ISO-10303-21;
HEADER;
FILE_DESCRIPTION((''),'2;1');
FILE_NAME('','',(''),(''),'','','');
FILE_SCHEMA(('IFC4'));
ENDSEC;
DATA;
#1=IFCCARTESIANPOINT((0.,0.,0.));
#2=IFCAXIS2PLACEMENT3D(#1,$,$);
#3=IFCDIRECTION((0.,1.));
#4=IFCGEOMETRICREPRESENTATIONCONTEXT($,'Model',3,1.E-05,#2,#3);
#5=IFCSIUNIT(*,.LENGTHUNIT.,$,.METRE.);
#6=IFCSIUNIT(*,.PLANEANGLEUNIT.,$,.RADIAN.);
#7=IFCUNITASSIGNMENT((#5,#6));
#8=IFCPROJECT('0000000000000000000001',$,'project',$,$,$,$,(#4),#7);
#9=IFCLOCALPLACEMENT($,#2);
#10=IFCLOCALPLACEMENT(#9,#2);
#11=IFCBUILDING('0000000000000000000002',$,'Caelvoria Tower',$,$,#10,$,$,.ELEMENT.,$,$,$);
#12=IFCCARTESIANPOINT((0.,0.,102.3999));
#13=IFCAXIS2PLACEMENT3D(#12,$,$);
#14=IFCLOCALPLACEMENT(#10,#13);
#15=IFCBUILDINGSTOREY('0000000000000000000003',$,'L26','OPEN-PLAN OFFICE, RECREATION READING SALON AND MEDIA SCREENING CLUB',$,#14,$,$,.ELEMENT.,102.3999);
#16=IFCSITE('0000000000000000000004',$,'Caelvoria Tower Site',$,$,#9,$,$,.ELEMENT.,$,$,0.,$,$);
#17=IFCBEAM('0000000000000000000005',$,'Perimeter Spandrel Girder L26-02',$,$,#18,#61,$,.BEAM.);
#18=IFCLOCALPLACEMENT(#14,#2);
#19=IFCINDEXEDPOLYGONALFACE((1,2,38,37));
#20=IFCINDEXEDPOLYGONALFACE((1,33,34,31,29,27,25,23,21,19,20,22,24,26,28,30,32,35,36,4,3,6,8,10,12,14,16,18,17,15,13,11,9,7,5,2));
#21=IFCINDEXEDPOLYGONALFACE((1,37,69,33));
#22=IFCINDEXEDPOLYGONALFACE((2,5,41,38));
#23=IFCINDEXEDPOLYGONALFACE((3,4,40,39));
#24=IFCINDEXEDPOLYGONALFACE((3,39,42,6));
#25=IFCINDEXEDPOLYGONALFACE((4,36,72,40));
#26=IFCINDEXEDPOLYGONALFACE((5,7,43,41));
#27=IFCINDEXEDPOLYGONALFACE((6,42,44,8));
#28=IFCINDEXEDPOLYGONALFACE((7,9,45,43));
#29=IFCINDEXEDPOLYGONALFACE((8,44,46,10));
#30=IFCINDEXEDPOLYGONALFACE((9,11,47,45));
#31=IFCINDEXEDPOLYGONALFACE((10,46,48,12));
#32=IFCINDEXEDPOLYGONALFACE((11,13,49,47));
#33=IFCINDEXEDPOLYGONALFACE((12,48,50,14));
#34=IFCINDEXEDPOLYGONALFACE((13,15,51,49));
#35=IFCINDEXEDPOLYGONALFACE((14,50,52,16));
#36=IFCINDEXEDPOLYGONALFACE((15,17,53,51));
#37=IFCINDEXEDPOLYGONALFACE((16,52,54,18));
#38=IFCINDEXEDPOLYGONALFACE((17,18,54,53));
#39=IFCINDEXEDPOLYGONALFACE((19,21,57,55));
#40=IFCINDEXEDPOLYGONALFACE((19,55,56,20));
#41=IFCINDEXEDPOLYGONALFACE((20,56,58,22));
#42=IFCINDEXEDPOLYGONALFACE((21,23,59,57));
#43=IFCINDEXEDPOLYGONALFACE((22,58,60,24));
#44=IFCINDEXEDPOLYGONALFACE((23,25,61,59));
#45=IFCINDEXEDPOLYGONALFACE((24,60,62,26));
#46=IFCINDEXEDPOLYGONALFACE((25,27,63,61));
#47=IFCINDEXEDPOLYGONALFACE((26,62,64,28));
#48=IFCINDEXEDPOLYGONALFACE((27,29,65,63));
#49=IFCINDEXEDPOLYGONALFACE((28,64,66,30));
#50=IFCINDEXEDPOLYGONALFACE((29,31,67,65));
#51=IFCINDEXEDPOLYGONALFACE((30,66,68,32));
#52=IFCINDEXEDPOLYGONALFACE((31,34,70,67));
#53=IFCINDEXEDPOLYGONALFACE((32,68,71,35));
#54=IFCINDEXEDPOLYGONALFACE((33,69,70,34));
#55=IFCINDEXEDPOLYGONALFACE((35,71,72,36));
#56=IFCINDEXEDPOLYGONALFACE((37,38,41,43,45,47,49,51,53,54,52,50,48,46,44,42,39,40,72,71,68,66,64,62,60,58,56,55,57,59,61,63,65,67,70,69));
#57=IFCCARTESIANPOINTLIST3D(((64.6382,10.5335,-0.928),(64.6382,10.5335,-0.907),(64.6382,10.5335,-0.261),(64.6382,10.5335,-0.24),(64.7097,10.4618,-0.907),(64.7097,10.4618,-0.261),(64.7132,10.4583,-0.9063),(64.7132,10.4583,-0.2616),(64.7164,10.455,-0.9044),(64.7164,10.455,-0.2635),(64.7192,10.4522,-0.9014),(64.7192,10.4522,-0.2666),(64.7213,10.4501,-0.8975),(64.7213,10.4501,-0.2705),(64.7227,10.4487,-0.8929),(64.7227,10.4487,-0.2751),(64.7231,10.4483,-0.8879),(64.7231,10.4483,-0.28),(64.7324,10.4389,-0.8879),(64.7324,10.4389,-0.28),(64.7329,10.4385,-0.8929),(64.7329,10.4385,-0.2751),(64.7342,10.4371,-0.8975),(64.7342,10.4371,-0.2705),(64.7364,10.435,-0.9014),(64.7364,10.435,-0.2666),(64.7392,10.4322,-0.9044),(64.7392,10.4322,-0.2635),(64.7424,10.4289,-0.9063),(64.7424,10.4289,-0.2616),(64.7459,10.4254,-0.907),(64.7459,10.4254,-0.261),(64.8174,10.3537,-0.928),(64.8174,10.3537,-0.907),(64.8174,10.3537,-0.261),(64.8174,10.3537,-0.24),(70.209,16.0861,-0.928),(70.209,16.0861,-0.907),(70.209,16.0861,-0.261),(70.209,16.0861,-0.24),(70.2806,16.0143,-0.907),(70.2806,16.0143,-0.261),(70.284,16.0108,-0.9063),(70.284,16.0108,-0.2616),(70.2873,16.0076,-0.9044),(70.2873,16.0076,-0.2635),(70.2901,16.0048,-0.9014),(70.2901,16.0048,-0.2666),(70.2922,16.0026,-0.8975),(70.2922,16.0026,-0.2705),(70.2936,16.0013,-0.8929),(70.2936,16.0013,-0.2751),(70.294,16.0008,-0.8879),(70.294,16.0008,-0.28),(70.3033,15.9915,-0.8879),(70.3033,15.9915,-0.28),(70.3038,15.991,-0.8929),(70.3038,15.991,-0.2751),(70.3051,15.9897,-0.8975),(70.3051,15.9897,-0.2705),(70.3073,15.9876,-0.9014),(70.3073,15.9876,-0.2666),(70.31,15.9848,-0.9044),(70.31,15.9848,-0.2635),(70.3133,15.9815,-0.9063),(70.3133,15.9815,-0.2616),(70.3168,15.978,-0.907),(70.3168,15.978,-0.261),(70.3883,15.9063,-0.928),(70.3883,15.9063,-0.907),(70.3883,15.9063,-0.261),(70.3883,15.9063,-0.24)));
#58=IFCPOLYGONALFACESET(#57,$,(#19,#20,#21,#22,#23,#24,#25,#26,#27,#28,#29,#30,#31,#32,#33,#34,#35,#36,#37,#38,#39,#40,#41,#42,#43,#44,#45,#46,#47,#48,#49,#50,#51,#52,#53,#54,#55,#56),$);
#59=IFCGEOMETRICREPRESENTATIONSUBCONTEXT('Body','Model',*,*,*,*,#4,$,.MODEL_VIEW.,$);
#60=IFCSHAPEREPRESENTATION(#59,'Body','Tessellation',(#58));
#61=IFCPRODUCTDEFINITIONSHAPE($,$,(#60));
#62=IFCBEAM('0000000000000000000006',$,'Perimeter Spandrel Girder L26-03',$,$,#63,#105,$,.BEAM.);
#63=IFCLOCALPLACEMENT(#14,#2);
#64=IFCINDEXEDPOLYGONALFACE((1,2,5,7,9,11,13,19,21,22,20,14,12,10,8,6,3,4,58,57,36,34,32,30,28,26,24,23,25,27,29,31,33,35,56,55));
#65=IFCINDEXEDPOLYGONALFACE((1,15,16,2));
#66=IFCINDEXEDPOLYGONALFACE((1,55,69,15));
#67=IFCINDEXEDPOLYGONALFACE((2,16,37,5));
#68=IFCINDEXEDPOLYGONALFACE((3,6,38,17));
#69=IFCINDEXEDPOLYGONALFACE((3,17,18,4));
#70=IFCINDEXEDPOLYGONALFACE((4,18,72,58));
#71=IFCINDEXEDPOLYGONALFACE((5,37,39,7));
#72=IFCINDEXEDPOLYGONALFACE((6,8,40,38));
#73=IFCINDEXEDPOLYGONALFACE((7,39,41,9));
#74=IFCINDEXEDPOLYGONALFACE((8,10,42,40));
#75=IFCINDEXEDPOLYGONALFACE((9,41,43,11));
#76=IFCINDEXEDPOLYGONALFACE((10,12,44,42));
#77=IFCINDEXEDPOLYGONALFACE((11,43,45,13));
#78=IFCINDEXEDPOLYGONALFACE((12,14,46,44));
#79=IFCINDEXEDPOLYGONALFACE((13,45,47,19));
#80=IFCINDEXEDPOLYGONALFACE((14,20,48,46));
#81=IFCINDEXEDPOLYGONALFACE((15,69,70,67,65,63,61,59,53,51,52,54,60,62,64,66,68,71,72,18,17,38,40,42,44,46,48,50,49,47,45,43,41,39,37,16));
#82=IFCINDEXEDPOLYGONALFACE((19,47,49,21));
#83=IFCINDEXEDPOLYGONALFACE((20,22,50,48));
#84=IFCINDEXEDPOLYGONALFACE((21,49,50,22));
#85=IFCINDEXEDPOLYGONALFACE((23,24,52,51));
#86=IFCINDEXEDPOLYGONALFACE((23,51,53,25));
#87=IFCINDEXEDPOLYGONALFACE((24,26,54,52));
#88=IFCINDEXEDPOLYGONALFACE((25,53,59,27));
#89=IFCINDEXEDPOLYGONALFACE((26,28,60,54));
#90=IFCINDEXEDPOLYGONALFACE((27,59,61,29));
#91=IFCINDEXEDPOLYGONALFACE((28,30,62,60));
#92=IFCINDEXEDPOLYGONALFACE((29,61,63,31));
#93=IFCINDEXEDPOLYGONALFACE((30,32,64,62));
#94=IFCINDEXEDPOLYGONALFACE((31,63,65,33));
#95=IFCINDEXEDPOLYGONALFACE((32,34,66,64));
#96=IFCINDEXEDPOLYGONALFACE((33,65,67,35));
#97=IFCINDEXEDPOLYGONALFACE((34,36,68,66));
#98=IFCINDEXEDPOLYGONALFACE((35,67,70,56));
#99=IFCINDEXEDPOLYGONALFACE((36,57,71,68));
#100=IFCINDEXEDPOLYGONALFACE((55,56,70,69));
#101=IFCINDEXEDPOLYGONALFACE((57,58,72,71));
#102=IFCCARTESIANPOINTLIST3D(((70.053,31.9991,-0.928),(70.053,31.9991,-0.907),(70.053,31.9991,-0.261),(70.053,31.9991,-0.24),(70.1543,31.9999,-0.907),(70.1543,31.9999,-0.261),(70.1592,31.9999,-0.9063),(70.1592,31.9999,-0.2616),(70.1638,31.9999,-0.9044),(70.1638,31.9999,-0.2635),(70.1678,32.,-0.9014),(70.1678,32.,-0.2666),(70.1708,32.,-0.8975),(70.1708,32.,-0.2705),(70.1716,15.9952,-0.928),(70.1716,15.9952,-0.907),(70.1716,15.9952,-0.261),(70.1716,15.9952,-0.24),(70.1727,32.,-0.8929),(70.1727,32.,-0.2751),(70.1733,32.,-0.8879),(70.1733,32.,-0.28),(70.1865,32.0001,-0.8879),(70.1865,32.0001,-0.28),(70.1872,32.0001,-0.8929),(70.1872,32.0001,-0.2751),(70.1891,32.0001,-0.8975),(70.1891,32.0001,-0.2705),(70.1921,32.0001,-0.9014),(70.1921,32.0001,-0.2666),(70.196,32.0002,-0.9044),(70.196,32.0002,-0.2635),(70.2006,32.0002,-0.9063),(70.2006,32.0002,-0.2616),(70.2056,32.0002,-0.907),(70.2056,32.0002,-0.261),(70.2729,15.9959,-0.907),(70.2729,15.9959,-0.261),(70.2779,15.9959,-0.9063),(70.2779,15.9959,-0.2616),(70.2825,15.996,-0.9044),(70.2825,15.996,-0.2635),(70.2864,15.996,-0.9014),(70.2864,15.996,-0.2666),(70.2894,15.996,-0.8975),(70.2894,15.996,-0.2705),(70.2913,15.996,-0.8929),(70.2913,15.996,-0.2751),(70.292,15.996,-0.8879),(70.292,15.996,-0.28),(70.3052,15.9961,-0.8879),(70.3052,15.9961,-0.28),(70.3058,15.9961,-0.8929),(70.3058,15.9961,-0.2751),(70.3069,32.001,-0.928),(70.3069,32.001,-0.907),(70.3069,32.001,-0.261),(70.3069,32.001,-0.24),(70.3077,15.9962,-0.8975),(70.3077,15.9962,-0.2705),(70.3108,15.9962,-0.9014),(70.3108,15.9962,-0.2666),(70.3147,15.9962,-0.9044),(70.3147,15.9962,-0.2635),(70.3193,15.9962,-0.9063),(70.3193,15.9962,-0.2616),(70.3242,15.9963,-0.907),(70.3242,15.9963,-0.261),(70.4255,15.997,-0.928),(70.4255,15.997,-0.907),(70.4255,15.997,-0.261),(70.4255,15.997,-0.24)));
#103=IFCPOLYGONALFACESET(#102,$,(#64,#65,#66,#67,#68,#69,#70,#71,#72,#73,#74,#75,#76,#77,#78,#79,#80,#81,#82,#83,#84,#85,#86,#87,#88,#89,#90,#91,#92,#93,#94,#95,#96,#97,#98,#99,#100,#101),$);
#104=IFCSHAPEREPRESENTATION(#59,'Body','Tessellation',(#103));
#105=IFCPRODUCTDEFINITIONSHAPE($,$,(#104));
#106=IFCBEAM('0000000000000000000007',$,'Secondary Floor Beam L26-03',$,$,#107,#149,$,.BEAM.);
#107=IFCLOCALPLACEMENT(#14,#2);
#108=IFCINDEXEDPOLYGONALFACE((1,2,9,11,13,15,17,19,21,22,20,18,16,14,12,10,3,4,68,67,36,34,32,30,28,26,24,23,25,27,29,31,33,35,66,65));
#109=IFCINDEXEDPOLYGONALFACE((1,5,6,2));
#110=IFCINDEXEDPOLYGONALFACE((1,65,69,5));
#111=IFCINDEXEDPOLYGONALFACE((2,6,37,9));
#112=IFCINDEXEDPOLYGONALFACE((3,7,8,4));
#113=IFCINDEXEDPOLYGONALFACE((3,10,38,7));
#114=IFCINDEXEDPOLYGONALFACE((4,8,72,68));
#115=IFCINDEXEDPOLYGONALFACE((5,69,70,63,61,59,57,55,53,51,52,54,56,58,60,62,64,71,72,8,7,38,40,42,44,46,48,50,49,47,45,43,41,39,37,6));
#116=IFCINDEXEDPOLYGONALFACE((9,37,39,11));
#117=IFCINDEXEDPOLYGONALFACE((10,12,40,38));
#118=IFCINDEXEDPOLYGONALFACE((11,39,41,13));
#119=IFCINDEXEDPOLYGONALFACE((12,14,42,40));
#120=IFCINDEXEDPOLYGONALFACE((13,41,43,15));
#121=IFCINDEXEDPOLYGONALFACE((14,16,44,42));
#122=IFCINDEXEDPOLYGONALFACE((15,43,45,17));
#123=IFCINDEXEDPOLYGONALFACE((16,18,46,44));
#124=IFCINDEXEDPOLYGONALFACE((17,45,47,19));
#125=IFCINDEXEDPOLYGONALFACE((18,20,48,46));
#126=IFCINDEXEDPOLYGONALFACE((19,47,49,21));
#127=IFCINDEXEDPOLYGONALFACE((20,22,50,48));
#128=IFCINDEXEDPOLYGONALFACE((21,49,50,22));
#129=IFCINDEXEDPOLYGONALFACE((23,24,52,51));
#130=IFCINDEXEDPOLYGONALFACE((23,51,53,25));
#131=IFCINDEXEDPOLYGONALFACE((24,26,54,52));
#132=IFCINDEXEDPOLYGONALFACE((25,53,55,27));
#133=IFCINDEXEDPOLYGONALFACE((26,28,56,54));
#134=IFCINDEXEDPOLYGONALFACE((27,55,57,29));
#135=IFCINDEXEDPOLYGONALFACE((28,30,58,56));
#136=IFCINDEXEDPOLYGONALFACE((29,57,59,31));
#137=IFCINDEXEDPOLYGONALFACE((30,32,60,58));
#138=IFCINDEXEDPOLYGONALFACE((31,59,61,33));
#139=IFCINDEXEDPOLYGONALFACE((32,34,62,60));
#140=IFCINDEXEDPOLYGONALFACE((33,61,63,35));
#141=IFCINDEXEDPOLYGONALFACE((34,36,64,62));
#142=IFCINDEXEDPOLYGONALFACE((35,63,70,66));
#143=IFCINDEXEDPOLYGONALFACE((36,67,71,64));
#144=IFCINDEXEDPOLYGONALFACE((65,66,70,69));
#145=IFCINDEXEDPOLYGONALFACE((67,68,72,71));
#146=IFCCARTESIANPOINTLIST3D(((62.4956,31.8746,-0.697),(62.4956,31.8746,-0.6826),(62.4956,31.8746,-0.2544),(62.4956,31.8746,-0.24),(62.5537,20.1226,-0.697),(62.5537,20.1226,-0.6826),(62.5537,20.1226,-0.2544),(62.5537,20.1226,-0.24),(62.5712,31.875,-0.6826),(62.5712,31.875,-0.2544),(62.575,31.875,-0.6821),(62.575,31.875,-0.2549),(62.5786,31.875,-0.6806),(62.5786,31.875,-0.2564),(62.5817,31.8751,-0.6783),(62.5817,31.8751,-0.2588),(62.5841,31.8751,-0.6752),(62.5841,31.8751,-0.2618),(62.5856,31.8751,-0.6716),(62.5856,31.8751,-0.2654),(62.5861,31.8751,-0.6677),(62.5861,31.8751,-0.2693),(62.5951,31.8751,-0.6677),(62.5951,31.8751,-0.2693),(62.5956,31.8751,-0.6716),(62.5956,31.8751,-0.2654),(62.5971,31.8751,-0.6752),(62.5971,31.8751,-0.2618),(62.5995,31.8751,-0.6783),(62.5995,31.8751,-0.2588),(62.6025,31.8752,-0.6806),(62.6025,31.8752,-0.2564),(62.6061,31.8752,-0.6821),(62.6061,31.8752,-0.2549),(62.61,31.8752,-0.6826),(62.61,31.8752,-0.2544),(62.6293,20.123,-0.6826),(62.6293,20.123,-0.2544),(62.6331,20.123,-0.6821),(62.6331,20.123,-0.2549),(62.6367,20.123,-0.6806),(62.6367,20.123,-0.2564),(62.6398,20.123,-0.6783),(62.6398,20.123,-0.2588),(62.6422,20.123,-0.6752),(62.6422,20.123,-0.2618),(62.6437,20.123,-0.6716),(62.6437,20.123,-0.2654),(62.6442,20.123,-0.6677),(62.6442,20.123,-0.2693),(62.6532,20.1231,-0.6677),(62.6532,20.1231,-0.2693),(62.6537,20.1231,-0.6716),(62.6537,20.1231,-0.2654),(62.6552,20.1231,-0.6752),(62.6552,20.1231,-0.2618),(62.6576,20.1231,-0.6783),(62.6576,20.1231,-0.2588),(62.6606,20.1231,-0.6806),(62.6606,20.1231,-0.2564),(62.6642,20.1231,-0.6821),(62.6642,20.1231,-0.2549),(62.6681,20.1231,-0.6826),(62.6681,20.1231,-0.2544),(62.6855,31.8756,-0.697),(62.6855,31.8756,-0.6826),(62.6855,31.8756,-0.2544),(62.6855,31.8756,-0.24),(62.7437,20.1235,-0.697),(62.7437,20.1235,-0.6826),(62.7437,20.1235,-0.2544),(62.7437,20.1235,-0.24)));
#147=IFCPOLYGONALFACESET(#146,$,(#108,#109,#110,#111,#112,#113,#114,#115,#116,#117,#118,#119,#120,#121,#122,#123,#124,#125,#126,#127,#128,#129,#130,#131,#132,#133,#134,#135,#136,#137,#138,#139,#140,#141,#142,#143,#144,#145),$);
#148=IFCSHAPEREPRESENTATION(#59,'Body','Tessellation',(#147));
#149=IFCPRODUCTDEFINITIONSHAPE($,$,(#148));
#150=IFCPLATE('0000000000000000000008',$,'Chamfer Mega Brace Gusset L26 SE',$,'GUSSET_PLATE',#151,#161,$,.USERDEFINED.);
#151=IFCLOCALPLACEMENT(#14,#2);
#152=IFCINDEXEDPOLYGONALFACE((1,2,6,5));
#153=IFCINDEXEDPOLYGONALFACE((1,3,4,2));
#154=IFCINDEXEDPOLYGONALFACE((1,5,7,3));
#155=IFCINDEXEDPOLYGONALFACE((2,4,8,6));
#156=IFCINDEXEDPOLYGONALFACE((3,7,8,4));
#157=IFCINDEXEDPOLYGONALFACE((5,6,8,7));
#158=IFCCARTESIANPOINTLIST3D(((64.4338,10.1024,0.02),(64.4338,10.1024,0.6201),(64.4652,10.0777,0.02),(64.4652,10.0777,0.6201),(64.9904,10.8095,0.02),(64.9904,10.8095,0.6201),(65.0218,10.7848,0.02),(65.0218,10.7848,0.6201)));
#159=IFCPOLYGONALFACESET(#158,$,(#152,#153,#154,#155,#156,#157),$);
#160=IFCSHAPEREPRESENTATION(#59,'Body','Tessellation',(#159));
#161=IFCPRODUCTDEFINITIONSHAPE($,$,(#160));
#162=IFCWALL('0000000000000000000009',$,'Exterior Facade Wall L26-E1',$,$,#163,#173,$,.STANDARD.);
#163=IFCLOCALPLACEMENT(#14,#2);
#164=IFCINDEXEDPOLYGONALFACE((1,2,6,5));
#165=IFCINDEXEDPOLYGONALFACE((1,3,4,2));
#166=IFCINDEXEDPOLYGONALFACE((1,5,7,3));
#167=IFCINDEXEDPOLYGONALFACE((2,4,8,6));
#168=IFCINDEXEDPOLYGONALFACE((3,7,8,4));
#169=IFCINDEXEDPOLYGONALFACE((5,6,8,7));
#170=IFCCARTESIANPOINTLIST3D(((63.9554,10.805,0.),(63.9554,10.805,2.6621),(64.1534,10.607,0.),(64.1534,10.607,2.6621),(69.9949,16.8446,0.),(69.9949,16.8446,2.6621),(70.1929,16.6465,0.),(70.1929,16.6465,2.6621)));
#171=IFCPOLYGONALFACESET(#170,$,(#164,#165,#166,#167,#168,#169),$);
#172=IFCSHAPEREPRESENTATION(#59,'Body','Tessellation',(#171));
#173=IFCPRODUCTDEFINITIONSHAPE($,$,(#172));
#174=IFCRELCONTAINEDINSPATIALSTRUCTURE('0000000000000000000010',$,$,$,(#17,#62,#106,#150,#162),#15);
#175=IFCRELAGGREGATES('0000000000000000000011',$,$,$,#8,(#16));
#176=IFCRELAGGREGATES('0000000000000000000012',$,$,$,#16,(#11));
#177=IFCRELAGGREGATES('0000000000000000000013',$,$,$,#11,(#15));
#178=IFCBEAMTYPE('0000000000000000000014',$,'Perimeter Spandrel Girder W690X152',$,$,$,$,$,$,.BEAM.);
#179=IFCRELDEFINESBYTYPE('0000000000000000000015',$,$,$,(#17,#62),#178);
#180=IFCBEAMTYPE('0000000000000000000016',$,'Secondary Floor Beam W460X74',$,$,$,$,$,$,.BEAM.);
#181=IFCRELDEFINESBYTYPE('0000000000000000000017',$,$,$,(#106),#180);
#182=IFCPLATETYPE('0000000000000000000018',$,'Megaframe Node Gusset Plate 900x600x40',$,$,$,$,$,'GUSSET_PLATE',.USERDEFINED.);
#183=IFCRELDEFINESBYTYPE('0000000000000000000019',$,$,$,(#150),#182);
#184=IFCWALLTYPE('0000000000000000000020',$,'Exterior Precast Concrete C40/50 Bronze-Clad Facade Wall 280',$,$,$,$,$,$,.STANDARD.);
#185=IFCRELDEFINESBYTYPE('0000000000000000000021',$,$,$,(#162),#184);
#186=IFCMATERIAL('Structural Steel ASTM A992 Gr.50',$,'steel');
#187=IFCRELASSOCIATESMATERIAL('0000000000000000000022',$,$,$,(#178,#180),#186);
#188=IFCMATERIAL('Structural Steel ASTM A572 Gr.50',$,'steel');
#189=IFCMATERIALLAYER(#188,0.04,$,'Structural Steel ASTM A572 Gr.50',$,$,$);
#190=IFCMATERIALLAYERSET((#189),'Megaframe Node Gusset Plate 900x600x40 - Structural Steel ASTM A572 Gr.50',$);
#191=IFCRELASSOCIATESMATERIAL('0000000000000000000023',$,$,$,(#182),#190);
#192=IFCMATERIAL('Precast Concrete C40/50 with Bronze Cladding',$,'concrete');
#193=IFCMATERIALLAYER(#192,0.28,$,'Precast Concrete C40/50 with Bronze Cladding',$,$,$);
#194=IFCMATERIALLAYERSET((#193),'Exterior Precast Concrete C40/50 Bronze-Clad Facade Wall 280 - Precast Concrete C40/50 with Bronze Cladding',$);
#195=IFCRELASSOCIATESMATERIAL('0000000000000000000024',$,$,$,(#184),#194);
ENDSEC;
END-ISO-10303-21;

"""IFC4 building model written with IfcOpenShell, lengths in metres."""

from ifc_helpers import new_model, si_unit, direction, frame, frame_2d, origin, origin_2d, place, context, subcontext, project, spatial, rectangle, i_section, extrude, material, layer, layer_set, material_profile, profile_set, type_object, element, save


model = new_model("IFC4")

# Units and contexts
model_context = context("Model", 3, precision=1e-05, world=origin(), true_north=direction((0.0, 1.0)))
body_context = subcontext(model_context, "Body", "Model", "MODEL_VIEW")
ifc_project = project(units=[si_unit("LENGTHUNIT", "METRE"), si_unit("PLANEANGLEUNIT", "RADIAN")], contexts=[model_context])

# Site, building, storey
site_placement = place(None, origin())
site = spatial("IfcSite", under=ifc_project, at=site_placement, Name="Caelvoria Tower Site", CompositionType="ELEMENT", RefElevation=0.0)
building_placement = place(site_placement, origin())
building = spatial("IfcBuilding", under=site, at=building_placement, Name="Caelvoria Tower", CompositionType="ELEMENT")
storey_placement = place(building_placement, frame((0.0, 0.0, 102.3999)))
storey = spatial("IfcBuildingStorey", under=building, at=storey_placement, Name="L26", Description="OPEN-PLAN OFFICE, RECREATION READING SALON AND MEDIA SCREENING CLUB", CompositionType="ELEMENT", Elevation=102.3999)

# Shared definitions
ifc_material_1 = material(Name="Structural Steel ASTM A572 Gr.50", Category="steel")

# Beams
ifc_material_2 = material(Name="Structural Steel ASTM A992 Gr.50", Category="steel")
ifc_material_profile_1 = material_profile(ifc_material_2, i_section(OverallWidth=0.2539, OverallDepth=0.688, WebThickness=0.0132, FlangeThickness=0.021, FilletRadius=0.019, at=origin_2d()), Name="Structural Steel ASTM A992 Gr.50")
ifc_profile_set_1 = profile_set([ifc_material_profile_1], Name="W690X152 - Structural Steel ASTM A992 Gr.50")
beam_type_1 = type_object("IfcBeamType", Name="Perimeter Spandrel Girder W690X152", PredefinedType="BEAM", material=ifc_profile_set_1)
beam_1_placement = place(storey_placement, frame((64.7278, 10.4436, -0.584), z_axis=(0.70827, 0.705942, 0.0), x_axis=(-0.705942, 0.70827, 0.0)))
element("IfcBeam", 1, at=beam_1_placement, inside=storey, type_object=beam_type_1, Name="Perimeter Spandrel Girder L26-02", PredefinedType="BEAM", context=body_context, shape_type="SweptSolid", body=[
    extrude(i_section(OverallWidth=0.2539, OverallDepth=0.688, WebThickness=0.0132, FlangeThickness=0.021, FilletRadius=0.019, at=origin_2d()), origin(), (0.0, 0.0, 1.0), 7.8655),
])
beam_2_placement = place(storey_placement, frame((70.2986, 15.9961, -0.584), z_axis=(-0.007414, 0.999973, 0.0), x_axis=(-0.999973, -0.007414, 0.0)))
element("IfcBeam", 2, at=beam_2_placement, inside=storey, type_object=beam_type_1, Name="Perimeter Spandrel Girder L26-03", PredefinedType="BEAM", context=body_context, shape_type="SweptSolid", body=[
    extrude(i_section(OverallWidth=0.2539, OverallDepth=0.688, WebThickness=0.0132, FlangeThickness=0.021, FilletRadius=0.019, at=origin_2d()), origin(), (0.0, 0.0, 1.0), 16.0044),
])
ifc_material_profile_2 = material_profile(ifc_material_2, i_section(OverallWidth=0.1899, OverallDepth=0.457, WebThickness=0.009, FlangeThickness=0.0144, FilletRadius=0.0149, at=origin_2d()), Name="Structural Steel ASTM A992 Gr.50")
ifc_profile_set_2 = profile_set([ifc_material_profile_2], Name="W460X74 - Structural Steel ASTM A992 Gr.50")
beam_type_2 = type_object("IfcBeamType", Name="Secondary Floor Beam W460X74", PredefinedType="BEAM", material=ifc_profile_set_2)
beam_3_placement = place(storey_placement, frame((62.6487, 20.123, -0.4685), z_axis=(-0.004944, 0.999988, 0.0), x_axis=(-0.999988, -0.004944, 0.0)))
element("IfcBeam", 3, at=beam_3_placement, inside=storey, type_object=beam_type_2, Name="Secondary Floor Beam L26-03", PredefinedType="BEAM", context=body_context, shape_type="SweptSolid", body=[
    extrude(i_section(OverallWidth=0.1899, OverallDepth=0.457, WebThickness=0.009, FlangeThickness=0.0144, FilletRadius=0.0149, at=origin_2d()), origin(), (0.0, 0.0, 1.0), 11.7522),
])

# Plate
ifc_layer_1 = layer(ifc_material_1, 0.04, Name="Structural Steel ASTM A572 Gr.50")
ifc_layer_set_1 = layer_set([ifc_layer_1], Name="Megaframe Node Gusset Plate 900x600x40 - Structural Steel ASTM A572 Gr.50")
plate_type = type_object("IfcPlateType", Name="Megaframe Node Gusset Plate 900x600x40", ElementType="GUSSET_PLATE", PredefinedType="USERDEFINED", material=ifc_layer_set_1)
plate_placement = place(storey_placement, frame((64.7278, 10.4436, 0.02), z_axis=(0.0, 0.0, 1.0), x_axis=(0.618507, 0.785779, 0.0)))
element("IfcPlate", 4, at=plate_placement, inside=storey, type_object=plate_type, Name="Chamfer Mega Brace Gusset L26 SE", ObjectType="GUSSET_PLATE", PredefinedType="USERDEFINED", context=body_context, shape_type="SweptSolid", body=[
    extrude(rectangle(XDim=0.8999, YDim=0.04, at=origin_2d()), origin(), (0.0, 0.0, 1.0), 0.6001),
])

# Wall
ifc_material_3 = material(Name="Precast Concrete C40/50 with Bronze Cladding", Category="concrete")
ifc_layer_2 = layer(ifc_material_3, 0.28, Name="Precast Concrete C40/50 with Bronze Cladding")
ifc_layer_set_2 = layer_set([ifc_layer_2], Name="Exterior Precast Concrete C40/50 Bronze-Clad Facade Wall 280 - Precast Concrete C40/50 with Bronze Cladding")
wall_type_1 = type_object("IfcWallType", Name="Exterior Precast Concrete C40/50 Bronze-Clad Facade Wall 280", PredefinedType="STANDARD", material=ifc_layer_set_2)
wall_1_placement = place(storey_placement, frame((64.0544, 10.7061, 0.0), z_axis=(0.0, 0.0, 1.0), x_axis=(0.707107, 0.707107, 0.0)))
element("IfcWall", 5, at=wall_1_placement, inside=storey, type_object=wall_type_1, Name="Exterior Facade Wall L26-E1", PredefinedType="STANDARD", context=body_context, shape_type="SweptSolid", body=[
    extrude(rectangle(XDim=8.5413, YDim=0.28, at=frame_2d((4.2705, 0.0))), origin(), (0.0, 0.0, 1.0), 2.6621),
])

save(model, "model.ifc")
